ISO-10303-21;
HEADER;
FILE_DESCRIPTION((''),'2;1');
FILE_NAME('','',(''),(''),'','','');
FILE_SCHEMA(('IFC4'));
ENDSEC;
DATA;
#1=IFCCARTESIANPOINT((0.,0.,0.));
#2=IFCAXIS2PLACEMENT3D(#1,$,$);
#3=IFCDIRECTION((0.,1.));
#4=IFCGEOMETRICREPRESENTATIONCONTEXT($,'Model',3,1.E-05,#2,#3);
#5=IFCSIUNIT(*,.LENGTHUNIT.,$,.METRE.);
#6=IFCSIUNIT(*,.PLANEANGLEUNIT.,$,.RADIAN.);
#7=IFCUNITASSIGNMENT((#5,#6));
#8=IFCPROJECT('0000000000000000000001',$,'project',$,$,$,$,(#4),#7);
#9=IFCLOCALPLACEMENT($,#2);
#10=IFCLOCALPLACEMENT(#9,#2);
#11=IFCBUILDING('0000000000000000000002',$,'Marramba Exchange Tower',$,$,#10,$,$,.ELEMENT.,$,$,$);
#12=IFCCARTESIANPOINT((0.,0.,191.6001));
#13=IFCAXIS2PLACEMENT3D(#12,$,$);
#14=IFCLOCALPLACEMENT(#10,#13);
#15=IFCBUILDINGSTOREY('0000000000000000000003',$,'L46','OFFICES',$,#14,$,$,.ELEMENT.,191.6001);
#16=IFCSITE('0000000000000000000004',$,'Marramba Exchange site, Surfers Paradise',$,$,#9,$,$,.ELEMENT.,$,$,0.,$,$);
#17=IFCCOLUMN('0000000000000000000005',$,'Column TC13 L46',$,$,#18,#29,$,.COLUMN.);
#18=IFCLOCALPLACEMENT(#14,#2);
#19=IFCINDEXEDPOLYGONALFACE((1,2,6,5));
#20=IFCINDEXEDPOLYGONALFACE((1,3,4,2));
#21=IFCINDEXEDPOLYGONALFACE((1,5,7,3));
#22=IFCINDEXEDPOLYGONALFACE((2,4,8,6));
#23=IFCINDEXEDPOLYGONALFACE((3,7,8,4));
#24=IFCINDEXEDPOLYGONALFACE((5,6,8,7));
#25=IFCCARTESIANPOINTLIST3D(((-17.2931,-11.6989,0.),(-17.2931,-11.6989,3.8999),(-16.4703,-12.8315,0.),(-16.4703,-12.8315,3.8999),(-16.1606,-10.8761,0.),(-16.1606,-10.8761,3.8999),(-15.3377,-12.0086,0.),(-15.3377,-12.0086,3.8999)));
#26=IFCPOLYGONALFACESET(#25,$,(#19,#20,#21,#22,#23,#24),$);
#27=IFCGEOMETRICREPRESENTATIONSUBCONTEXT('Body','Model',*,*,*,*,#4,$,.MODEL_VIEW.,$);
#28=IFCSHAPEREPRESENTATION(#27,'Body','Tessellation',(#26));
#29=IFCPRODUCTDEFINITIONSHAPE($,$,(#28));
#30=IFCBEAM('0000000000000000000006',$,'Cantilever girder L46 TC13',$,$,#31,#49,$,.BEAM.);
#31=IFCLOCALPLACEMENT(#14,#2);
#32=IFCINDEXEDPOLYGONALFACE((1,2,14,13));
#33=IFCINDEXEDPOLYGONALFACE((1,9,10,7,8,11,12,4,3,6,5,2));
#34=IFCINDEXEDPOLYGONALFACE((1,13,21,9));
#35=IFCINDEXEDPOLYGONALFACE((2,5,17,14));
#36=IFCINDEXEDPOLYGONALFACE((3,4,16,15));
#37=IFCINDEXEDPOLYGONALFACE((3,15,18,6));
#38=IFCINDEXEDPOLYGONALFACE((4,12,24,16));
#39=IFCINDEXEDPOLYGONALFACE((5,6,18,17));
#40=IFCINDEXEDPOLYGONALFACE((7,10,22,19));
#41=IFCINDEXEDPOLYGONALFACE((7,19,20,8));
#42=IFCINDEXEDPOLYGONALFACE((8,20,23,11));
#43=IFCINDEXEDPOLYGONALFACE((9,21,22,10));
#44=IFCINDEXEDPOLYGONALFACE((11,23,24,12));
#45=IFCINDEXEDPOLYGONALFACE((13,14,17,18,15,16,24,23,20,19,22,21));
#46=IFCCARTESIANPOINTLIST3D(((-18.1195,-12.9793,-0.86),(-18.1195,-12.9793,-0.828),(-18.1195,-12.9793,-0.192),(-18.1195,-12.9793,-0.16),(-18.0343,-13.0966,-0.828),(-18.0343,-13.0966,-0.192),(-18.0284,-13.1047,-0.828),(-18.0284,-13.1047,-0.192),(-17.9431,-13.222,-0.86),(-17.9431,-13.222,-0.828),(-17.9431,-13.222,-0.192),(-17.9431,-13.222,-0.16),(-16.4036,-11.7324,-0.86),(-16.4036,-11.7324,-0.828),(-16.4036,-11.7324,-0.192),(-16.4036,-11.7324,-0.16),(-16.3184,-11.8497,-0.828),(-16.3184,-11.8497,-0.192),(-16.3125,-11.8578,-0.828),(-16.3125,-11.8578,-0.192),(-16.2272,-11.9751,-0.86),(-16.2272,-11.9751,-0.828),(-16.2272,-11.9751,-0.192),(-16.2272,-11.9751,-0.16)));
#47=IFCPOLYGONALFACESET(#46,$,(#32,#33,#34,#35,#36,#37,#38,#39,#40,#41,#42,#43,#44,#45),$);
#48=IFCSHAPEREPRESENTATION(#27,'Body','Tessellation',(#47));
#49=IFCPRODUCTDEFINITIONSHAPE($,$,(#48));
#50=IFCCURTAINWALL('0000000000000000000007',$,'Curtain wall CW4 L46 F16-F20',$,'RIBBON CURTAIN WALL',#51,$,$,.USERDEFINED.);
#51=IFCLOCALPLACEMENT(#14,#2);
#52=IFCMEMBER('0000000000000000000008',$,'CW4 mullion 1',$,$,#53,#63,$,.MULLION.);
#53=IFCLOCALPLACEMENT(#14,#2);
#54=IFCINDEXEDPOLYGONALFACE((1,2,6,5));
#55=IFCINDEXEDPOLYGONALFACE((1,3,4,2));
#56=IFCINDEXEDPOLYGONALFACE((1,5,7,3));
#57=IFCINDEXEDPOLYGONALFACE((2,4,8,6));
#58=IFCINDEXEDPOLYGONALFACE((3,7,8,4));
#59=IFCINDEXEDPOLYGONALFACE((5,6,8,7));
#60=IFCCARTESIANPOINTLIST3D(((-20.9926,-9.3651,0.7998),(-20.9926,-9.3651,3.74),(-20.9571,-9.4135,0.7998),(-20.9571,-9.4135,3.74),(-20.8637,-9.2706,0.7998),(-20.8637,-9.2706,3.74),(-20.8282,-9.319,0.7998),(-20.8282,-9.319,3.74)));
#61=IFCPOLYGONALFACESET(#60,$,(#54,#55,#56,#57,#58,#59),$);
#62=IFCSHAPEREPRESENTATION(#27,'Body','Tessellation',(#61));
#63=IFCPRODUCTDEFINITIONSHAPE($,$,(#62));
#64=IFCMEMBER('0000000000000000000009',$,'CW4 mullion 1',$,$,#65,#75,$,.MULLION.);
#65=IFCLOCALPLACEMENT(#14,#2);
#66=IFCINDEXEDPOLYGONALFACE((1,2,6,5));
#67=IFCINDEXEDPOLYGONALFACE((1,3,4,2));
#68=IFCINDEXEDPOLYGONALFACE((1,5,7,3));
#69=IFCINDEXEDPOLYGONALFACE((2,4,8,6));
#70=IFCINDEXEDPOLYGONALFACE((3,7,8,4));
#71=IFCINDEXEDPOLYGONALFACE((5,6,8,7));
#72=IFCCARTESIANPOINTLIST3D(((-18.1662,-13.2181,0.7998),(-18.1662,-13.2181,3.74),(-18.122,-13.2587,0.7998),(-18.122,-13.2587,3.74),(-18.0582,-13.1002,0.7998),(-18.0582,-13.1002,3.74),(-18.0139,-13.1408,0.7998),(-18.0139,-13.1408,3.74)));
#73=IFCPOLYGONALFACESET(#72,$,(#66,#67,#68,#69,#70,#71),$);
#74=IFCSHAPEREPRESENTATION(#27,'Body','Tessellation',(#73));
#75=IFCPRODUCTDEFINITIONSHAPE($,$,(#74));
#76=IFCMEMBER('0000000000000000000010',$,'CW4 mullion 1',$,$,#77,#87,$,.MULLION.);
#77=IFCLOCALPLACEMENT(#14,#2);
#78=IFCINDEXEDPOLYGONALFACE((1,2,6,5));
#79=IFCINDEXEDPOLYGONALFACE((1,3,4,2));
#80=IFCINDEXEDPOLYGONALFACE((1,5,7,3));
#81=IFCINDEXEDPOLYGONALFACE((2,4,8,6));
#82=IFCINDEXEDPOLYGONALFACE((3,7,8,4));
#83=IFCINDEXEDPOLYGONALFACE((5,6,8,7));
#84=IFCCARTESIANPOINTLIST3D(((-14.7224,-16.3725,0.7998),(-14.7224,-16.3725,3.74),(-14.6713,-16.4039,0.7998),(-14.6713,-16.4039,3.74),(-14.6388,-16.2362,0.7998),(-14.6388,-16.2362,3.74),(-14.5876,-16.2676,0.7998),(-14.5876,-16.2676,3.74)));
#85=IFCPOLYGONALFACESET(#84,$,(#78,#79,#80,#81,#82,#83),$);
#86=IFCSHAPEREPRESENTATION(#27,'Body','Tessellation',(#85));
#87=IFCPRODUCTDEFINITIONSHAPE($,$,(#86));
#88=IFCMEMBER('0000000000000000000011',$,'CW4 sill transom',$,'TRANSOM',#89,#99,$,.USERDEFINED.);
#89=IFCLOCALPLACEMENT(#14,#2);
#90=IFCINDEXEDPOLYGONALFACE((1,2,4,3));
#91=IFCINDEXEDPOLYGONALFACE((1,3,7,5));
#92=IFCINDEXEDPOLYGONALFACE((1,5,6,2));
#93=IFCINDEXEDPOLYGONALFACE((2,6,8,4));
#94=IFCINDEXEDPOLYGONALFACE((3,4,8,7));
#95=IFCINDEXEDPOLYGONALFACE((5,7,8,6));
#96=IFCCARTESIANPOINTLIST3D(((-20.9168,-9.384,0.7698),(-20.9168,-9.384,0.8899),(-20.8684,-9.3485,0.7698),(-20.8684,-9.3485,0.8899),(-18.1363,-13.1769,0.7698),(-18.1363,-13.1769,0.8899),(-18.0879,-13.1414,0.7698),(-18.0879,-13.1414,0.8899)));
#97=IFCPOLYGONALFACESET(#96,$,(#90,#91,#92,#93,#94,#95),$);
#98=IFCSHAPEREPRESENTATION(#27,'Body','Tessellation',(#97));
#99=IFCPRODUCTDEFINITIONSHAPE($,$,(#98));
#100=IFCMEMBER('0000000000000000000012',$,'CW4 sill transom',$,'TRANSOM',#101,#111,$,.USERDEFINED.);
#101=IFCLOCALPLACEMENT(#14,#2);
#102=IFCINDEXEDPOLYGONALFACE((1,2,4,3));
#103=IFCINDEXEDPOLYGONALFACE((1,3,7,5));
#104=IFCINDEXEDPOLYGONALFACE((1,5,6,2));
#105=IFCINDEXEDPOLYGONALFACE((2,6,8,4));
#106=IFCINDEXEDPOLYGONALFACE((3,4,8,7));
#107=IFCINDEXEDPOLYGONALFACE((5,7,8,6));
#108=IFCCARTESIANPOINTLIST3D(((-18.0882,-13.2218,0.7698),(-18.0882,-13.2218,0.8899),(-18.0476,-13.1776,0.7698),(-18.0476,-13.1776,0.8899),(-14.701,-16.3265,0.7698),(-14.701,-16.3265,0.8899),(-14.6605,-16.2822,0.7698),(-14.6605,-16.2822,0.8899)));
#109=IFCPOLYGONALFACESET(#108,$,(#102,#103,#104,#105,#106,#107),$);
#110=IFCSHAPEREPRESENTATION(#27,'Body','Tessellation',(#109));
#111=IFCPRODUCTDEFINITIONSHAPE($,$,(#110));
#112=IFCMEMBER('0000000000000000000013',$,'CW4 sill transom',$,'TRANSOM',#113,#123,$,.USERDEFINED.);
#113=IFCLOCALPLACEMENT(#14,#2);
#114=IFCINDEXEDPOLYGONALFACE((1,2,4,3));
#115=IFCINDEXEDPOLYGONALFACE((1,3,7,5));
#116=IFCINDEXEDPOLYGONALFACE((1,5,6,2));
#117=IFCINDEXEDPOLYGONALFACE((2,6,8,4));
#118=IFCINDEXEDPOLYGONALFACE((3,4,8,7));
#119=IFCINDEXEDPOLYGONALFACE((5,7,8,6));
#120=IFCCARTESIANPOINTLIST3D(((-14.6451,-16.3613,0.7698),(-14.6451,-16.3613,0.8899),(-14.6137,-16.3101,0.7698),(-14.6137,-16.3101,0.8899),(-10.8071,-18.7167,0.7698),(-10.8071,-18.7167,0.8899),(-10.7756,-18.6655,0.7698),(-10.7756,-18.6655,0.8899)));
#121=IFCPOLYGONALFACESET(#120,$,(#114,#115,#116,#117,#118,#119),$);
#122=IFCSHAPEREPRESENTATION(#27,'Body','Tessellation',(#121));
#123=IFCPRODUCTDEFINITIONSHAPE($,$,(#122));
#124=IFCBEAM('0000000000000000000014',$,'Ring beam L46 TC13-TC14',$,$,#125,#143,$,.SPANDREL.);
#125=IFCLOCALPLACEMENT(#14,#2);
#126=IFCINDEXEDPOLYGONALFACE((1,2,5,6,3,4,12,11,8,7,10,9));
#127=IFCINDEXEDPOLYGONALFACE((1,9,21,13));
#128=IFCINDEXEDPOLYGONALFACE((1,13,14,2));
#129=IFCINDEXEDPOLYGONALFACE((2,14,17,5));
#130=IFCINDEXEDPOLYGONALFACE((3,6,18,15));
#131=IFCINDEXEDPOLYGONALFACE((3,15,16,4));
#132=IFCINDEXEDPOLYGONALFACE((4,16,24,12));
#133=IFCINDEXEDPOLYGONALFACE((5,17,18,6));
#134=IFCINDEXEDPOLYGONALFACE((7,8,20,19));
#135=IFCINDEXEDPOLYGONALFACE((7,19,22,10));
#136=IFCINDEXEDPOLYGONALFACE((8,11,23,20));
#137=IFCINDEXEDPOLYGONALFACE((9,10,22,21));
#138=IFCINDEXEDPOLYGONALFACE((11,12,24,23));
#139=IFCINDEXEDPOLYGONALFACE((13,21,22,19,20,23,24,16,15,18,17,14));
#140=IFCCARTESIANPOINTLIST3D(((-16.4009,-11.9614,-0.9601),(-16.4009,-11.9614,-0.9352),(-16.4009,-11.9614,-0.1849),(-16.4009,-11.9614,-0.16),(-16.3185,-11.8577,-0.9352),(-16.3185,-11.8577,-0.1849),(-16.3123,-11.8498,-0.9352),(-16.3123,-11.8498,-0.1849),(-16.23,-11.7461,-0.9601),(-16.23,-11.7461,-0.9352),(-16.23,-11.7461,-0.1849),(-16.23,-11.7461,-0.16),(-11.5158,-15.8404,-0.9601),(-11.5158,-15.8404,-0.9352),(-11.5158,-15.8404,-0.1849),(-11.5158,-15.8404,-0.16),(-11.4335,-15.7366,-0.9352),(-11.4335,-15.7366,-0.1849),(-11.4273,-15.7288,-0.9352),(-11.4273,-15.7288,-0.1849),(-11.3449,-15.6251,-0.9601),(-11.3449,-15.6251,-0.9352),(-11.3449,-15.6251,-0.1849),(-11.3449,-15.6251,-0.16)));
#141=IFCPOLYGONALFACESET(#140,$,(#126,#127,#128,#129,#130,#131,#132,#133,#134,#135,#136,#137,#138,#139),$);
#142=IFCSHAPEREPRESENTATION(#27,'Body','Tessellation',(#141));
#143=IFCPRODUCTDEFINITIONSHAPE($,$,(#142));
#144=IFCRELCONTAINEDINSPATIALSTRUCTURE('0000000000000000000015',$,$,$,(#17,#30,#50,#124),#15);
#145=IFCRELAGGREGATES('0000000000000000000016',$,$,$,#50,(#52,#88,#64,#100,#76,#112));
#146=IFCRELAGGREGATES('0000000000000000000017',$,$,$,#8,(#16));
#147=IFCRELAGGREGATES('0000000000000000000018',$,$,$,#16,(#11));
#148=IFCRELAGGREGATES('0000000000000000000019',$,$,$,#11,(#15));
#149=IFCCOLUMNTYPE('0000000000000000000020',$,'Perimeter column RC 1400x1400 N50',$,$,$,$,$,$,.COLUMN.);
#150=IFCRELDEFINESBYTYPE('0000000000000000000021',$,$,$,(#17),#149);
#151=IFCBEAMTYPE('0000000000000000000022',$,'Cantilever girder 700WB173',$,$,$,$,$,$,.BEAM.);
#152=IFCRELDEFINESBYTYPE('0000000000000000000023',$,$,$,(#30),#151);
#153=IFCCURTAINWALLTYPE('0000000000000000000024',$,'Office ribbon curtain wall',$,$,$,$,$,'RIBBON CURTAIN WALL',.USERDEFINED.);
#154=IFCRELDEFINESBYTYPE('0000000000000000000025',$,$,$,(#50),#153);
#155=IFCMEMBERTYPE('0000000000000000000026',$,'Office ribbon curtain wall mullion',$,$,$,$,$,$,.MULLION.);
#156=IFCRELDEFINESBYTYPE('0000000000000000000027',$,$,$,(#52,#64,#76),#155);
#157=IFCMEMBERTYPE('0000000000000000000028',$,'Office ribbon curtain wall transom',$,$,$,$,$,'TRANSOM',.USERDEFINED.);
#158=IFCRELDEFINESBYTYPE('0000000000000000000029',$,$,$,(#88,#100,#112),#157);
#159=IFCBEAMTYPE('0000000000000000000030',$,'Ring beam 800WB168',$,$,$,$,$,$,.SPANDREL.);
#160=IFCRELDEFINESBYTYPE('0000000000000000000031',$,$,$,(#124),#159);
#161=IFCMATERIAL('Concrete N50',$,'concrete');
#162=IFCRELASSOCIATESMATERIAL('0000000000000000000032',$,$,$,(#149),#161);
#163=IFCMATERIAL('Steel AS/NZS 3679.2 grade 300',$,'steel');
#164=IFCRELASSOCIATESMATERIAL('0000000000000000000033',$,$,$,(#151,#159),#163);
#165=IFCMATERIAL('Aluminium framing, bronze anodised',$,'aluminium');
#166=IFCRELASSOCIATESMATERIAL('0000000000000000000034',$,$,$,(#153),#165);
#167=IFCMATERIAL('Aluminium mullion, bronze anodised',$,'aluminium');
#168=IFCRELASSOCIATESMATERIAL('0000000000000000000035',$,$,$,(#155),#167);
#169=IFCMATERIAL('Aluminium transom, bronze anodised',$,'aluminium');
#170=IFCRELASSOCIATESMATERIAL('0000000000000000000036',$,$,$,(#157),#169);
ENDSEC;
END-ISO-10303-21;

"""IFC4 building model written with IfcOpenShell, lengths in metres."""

from ifc_helpers import new_model, si_unit, direction, frame, origin, origin_2d, place, context, subcontext, project, spatial, rectangle, i_section, extrude, material, material_profile, profile_set, type_object, element, aggregate, save


model = new_model("IFC4")

# Units and contexts
model_context = context("Model", 3, precision=1e-05, world=origin(), true_north=direction((0.0, 1.0)))
body_context = subcontext(model_context, "Body", "Model", "MODEL_VIEW")
ifc_project = project(units=[si_unit("LENGTHUNIT", "METRE"), si_unit("PLANEANGLEUNIT", "RADIAN")], contexts=[model_context])

# Site, building, storey
site_placement = place(None, origin())
site = spatial("IfcSite", under=ifc_project, at=site_placement, Name="Marramba Exchange site, Surfers Paradise", CompositionType="ELEMENT", RefElevation=0.0)
building_placement = place(site_placement, origin())
building = spatial("IfcBuilding", under=site, at=building_placement, Name="Marramba Exchange Tower", CompositionType="ELEMENT")
storey_placement = place(building_placement, frame((0.0, 0.0, 191.6001)))
storey = spatial("IfcBuildingStorey", under=building, at=storey_placement, Name="L46", Description="OFFICES", CompositionType="ELEMENT", Elevation=191.6001)

# Column
ifc_material_1 = material(Name="Concrete N50", Category="concrete")
ifc_material_profile_1 = material_profile(ifc_material_1, rectangle(XDim=1.3999, YDim=1.3999, at=origin_2d()), Name="RC 1400x1400")
ifc_profile_set_1 = profile_set([ifc_material_profile_1], Name="Concrete N50")
column_type = type_object("IfcColumnType", Name="Perimeter column RC 1400x1400 N50", PredefinedType="COLUMN", material=ifc_profile_set_1)
column_placement = place(storey_placement, frame((-16.3154, -11.8538, 0.0), z_axis=(0.0, 0.0, 1.0), x_axis=(-0.809017, -0.587785, 0.0)))
element("IfcColumn", 1, at=column_placement, inside=storey, type_object=column_type, Name="Column TC13 L46", PredefinedType="COLUMN", context=body_context, shape_type="SweptSolid", body=[
    extrude(rectangle(XDim=1.3999, YDim=1.3999, at=origin_2d()), origin(), (0.0, 0.0, 1.0), 3.8999),
])

# Beam
ifc_material_2 = material(Name="Steel AS/NZS 3679.2 grade 300", Category="steel")
ifc_material_profile_2 = material_profile(ifc_material_2, i_section(OverallWidth=0.3, OverallDepth=0.7, WebThickness=0.01, FlangeThickness=0.032, at=origin_2d()), Name="700WB173")
ifc_profile_set_2 = profile_set([ifc_material_profile_2], Name="Steel AS/NZS 3679.2 grade 300")
beam_type_1 = type_object("IfcBeamType", Name="Cantilever girder 700WB173", PredefinedType="BEAM", material=ifc_profile_set_2)
beam_1_placement = place(storey_placement, frame((-16.3154, -11.8538, -0.51), z_axis=(-0.80897, -0.58785, 0.0), x_axis=(0.58785, -0.80897, 0.0)))
element("IfcBeam", 2, at=beam_1_placement, inside=storey, type_object=beam_type_1, Name="Cantilever girder L46 TC13", PredefinedType="BEAM", context=body_context, shape_type="SweptSolid", body=[
    extrude(i_section(OverallWidth=0.3, OverallDepth=0.7, WebThickness=0.01, FlangeThickness=0.032, at=origin_2d()), origin(), (0.0, 0.0, 1.0), 2.1211),
])

# Curtain wall, members
ifc_material_3 = material(Name="Aluminium framing, bronze anodised", Category="aluminium")
curtain_wall_type = type_object("IfcCurtainWallType", Name="Office ribbon curtain wall", ElementType="RIBBON CURTAIN WALL", PredefinedType="USERDEFINED", material=ifc_material_3)
curtain_wall_placement = place(storey_placement, origin())
curtain_wall = element("IfcCurtainWall", 3, at=curtain_wall_placement, inside=storey, type_object=curtain_wall_type, Name="Curtain wall CW4 L46 F16-F20", ObjectType="RIBBON CURTAIN WALL", PredefinedType="USERDEFINED")
ifc_material_4 = material(Name="Aluminium mullion, bronze anodised", Category="aluminium")
ifc_material_profile_3 = material_profile(ifc_material_4, rectangle(XDim=0.1599, YDim=0.0601, at=origin_2d()), Name="CW4 mullion 60x160")
ifc_profile_set_3 = profile_set([ifc_material_profile_3], Name="Aluminium mullion, bronze anodised")
member_type_1 = type_object("IfcMemberType", Name="Office ribbon curtain wall mullion", PredefinedType="MULLION", material=ifc_profile_set_3)
member_1_placement = place(storey_placement, frame((-20.9104, -9.342, 0.7998), z_axis=(0.0, 0.0, 1.0), x_axis=(0.806508, 0.591223, 0.0)))
member_1 = element("IfcMember", 4, at=member_1_placement, type_object=member_type_1, Name="CW4 mullion 1", PredefinedType="MULLION", context=body_context, shape_type="SweptSolid", body=[
    extrude(rectangle(XDim=0.1599, YDim=0.0601, at=origin_2d()), origin(), (0.0, 0.0, 1.0), 2.9402),
])
member_2_placement = place(storey_placement, frame((-18.0901, -13.1794, 0.7998), z_axis=(0.0, 0.0, 1.0), x_axis=(0.675671, 0.737203, 0.0)))
member_2 = element("IfcMember", 5, at=member_2_placement, type_object=member_type_1, Name="CW4 mullion 1", PredefinedType="MULLION", context=body_context, shape_type="SweptSolid", body=[
    extrude(rectangle(XDim=0.1599, YDim=0.0601, at=origin_2d()), origin(), (0.0, 0.0, 1.0), 2.9402),
])
member_3_placement = place(storey_placement, frame((-14.655, -16.3201, 0.7998), z_axis=(0.0, 0.0, 1.0), x_axis=(0.523052, 0.852301, 0.0)))
member_3 = element("IfcMember", 6, at=member_3_placement, type_object=member_type_1, Name="CW4 mullion 1", PredefinedType="MULLION", context=body_context, shape_type="SweptSolid", body=[
    extrude(rectangle(XDim=0.1599, YDim=0.0601, at=origin_2d()), origin(), (0.0, 0.0, 1.0), 2.9402),
])
ifc_material_5 = material(Name="Aluminium transom, bronze anodised", Category="aluminium")
ifc_material_profile_4 = material_profile(ifc_material_5, rectangle(XDim=0.0601, YDim=0.1201, at=origin_2d()), Name="CW4 transom 60x120")
ifc_profile_set_4 = profile_set([ifc_material_profile_4], Name="Aluminium transom, bronze anodised")
member_type_2 = type_object("IfcMemberType", Name="Office ribbon curtain wall transom", ElementType="TRANSOM", PredefinedType="USERDEFINED", material=ifc_profile_set_4)
member_4_placement = place(storey_placement, frame((-20.8926, -9.3662, 0.8298), z_axis=(0.591226, -0.806506, 0.0), x_axis=(0.806506, 0.591226, 0.0)))
member_4 = element("IfcMember", 7, at=member_4_placement, type_object=member_type_2, Name="CW4 sill transom", ObjectType="TRANSOM", PredefinedType="USERDEFINED", context=body_context, shape_type="SweptSolid", body=[
    extrude(rectangle(XDim=0.0601, YDim=0.1201, at=origin_2d()), origin(), (0.0, 0.0, 1.0), 4.7029),
])
member_5_placement = place(storey_placement, frame((-18.0679, -13.1997, 0.8298), z_axis=(0.737176, -0.675701, 0.0), x_axis=(0.675701, 0.737176, 0.0)))
member_5 = element("IfcMember", 8, at=member_5_placement, type_object=member_type_2, Name="CW4 sill transom", ObjectType="TRANSOM", PredefinedType="USERDEFINED", context=body_context, shape_type="SweptSolid", body=[
    extrude(rectangle(XDim=0.0601, YDim=0.1201, at=origin_2d()), origin(), (0.0, 0.0, 1.0), 4.5947),
])
member_6_placement = place(storey_placement, frame((-14.6294, -16.3357, 0.8298), z_axis=(0.852298, -0.523056, 0.0), x_axis=(0.523056, 0.852298, 0.0)))
member_6 = element("IfcMember", 9, at=member_6_placement, type_object=member_type_2, Name="CW4 sill transom", ObjectType="TRANSOM", PredefinedType="USERDEFINED", context=body_context, shape_type="SweptSolid", body=[
    extrude(rectangle(XDim=0.0601, YDim=0.1201, at=origin_2d()), origin(), (0.0, 0.0, 1.0), 4.5032),
])

# Beam
ifc_material_profile_5 = material_profile(ifc_material_2, i_section(OverallWidth=0.2749, OverallDepth=0.8, WebThickness=0.01, FlangeThickness=0.0249, at=origin_2d()), Name="800WB168")
ifc_profile_set_5 = profile_set([ifc_material_profile_5], Name="Steel AS/NZS 3679.2 grade 300")
beam_type_2 = type_object("IfcBeamType", Name="Ring beam 800WB168", PredefinedType="SPANDREL", material=ifc_profile_set_5)
beam_2_placement = place(storey_placement, frame((-16.3154, -11.8538, -0.5601), z_axis=(0.783139, -0.621846, 0.0), x_axis=(0.621846, 0.783139, 0.0)))
element("IfcBeam", 10, at=beam_2_placement, inside=storey, type_object=beam_type_2, Name="Ring beam L46 TC13-TC14", PredefinedType="SPANDREL", context=body_context, shape_type="SweptSolid", body=[
    extrude(i_section(OverallWidth=0.2749, OverallDepth=0.8, WebThickness=0.01, FlangeThickness=0.0249, at=origin_2d()), origin(), (0.0, 0.0, 1.0), 6.2378),
])

aggregate(curtain_wall, [member_1, member_4, member_2, member_5, member_3, member_6])

save(model, "model.ifc")
